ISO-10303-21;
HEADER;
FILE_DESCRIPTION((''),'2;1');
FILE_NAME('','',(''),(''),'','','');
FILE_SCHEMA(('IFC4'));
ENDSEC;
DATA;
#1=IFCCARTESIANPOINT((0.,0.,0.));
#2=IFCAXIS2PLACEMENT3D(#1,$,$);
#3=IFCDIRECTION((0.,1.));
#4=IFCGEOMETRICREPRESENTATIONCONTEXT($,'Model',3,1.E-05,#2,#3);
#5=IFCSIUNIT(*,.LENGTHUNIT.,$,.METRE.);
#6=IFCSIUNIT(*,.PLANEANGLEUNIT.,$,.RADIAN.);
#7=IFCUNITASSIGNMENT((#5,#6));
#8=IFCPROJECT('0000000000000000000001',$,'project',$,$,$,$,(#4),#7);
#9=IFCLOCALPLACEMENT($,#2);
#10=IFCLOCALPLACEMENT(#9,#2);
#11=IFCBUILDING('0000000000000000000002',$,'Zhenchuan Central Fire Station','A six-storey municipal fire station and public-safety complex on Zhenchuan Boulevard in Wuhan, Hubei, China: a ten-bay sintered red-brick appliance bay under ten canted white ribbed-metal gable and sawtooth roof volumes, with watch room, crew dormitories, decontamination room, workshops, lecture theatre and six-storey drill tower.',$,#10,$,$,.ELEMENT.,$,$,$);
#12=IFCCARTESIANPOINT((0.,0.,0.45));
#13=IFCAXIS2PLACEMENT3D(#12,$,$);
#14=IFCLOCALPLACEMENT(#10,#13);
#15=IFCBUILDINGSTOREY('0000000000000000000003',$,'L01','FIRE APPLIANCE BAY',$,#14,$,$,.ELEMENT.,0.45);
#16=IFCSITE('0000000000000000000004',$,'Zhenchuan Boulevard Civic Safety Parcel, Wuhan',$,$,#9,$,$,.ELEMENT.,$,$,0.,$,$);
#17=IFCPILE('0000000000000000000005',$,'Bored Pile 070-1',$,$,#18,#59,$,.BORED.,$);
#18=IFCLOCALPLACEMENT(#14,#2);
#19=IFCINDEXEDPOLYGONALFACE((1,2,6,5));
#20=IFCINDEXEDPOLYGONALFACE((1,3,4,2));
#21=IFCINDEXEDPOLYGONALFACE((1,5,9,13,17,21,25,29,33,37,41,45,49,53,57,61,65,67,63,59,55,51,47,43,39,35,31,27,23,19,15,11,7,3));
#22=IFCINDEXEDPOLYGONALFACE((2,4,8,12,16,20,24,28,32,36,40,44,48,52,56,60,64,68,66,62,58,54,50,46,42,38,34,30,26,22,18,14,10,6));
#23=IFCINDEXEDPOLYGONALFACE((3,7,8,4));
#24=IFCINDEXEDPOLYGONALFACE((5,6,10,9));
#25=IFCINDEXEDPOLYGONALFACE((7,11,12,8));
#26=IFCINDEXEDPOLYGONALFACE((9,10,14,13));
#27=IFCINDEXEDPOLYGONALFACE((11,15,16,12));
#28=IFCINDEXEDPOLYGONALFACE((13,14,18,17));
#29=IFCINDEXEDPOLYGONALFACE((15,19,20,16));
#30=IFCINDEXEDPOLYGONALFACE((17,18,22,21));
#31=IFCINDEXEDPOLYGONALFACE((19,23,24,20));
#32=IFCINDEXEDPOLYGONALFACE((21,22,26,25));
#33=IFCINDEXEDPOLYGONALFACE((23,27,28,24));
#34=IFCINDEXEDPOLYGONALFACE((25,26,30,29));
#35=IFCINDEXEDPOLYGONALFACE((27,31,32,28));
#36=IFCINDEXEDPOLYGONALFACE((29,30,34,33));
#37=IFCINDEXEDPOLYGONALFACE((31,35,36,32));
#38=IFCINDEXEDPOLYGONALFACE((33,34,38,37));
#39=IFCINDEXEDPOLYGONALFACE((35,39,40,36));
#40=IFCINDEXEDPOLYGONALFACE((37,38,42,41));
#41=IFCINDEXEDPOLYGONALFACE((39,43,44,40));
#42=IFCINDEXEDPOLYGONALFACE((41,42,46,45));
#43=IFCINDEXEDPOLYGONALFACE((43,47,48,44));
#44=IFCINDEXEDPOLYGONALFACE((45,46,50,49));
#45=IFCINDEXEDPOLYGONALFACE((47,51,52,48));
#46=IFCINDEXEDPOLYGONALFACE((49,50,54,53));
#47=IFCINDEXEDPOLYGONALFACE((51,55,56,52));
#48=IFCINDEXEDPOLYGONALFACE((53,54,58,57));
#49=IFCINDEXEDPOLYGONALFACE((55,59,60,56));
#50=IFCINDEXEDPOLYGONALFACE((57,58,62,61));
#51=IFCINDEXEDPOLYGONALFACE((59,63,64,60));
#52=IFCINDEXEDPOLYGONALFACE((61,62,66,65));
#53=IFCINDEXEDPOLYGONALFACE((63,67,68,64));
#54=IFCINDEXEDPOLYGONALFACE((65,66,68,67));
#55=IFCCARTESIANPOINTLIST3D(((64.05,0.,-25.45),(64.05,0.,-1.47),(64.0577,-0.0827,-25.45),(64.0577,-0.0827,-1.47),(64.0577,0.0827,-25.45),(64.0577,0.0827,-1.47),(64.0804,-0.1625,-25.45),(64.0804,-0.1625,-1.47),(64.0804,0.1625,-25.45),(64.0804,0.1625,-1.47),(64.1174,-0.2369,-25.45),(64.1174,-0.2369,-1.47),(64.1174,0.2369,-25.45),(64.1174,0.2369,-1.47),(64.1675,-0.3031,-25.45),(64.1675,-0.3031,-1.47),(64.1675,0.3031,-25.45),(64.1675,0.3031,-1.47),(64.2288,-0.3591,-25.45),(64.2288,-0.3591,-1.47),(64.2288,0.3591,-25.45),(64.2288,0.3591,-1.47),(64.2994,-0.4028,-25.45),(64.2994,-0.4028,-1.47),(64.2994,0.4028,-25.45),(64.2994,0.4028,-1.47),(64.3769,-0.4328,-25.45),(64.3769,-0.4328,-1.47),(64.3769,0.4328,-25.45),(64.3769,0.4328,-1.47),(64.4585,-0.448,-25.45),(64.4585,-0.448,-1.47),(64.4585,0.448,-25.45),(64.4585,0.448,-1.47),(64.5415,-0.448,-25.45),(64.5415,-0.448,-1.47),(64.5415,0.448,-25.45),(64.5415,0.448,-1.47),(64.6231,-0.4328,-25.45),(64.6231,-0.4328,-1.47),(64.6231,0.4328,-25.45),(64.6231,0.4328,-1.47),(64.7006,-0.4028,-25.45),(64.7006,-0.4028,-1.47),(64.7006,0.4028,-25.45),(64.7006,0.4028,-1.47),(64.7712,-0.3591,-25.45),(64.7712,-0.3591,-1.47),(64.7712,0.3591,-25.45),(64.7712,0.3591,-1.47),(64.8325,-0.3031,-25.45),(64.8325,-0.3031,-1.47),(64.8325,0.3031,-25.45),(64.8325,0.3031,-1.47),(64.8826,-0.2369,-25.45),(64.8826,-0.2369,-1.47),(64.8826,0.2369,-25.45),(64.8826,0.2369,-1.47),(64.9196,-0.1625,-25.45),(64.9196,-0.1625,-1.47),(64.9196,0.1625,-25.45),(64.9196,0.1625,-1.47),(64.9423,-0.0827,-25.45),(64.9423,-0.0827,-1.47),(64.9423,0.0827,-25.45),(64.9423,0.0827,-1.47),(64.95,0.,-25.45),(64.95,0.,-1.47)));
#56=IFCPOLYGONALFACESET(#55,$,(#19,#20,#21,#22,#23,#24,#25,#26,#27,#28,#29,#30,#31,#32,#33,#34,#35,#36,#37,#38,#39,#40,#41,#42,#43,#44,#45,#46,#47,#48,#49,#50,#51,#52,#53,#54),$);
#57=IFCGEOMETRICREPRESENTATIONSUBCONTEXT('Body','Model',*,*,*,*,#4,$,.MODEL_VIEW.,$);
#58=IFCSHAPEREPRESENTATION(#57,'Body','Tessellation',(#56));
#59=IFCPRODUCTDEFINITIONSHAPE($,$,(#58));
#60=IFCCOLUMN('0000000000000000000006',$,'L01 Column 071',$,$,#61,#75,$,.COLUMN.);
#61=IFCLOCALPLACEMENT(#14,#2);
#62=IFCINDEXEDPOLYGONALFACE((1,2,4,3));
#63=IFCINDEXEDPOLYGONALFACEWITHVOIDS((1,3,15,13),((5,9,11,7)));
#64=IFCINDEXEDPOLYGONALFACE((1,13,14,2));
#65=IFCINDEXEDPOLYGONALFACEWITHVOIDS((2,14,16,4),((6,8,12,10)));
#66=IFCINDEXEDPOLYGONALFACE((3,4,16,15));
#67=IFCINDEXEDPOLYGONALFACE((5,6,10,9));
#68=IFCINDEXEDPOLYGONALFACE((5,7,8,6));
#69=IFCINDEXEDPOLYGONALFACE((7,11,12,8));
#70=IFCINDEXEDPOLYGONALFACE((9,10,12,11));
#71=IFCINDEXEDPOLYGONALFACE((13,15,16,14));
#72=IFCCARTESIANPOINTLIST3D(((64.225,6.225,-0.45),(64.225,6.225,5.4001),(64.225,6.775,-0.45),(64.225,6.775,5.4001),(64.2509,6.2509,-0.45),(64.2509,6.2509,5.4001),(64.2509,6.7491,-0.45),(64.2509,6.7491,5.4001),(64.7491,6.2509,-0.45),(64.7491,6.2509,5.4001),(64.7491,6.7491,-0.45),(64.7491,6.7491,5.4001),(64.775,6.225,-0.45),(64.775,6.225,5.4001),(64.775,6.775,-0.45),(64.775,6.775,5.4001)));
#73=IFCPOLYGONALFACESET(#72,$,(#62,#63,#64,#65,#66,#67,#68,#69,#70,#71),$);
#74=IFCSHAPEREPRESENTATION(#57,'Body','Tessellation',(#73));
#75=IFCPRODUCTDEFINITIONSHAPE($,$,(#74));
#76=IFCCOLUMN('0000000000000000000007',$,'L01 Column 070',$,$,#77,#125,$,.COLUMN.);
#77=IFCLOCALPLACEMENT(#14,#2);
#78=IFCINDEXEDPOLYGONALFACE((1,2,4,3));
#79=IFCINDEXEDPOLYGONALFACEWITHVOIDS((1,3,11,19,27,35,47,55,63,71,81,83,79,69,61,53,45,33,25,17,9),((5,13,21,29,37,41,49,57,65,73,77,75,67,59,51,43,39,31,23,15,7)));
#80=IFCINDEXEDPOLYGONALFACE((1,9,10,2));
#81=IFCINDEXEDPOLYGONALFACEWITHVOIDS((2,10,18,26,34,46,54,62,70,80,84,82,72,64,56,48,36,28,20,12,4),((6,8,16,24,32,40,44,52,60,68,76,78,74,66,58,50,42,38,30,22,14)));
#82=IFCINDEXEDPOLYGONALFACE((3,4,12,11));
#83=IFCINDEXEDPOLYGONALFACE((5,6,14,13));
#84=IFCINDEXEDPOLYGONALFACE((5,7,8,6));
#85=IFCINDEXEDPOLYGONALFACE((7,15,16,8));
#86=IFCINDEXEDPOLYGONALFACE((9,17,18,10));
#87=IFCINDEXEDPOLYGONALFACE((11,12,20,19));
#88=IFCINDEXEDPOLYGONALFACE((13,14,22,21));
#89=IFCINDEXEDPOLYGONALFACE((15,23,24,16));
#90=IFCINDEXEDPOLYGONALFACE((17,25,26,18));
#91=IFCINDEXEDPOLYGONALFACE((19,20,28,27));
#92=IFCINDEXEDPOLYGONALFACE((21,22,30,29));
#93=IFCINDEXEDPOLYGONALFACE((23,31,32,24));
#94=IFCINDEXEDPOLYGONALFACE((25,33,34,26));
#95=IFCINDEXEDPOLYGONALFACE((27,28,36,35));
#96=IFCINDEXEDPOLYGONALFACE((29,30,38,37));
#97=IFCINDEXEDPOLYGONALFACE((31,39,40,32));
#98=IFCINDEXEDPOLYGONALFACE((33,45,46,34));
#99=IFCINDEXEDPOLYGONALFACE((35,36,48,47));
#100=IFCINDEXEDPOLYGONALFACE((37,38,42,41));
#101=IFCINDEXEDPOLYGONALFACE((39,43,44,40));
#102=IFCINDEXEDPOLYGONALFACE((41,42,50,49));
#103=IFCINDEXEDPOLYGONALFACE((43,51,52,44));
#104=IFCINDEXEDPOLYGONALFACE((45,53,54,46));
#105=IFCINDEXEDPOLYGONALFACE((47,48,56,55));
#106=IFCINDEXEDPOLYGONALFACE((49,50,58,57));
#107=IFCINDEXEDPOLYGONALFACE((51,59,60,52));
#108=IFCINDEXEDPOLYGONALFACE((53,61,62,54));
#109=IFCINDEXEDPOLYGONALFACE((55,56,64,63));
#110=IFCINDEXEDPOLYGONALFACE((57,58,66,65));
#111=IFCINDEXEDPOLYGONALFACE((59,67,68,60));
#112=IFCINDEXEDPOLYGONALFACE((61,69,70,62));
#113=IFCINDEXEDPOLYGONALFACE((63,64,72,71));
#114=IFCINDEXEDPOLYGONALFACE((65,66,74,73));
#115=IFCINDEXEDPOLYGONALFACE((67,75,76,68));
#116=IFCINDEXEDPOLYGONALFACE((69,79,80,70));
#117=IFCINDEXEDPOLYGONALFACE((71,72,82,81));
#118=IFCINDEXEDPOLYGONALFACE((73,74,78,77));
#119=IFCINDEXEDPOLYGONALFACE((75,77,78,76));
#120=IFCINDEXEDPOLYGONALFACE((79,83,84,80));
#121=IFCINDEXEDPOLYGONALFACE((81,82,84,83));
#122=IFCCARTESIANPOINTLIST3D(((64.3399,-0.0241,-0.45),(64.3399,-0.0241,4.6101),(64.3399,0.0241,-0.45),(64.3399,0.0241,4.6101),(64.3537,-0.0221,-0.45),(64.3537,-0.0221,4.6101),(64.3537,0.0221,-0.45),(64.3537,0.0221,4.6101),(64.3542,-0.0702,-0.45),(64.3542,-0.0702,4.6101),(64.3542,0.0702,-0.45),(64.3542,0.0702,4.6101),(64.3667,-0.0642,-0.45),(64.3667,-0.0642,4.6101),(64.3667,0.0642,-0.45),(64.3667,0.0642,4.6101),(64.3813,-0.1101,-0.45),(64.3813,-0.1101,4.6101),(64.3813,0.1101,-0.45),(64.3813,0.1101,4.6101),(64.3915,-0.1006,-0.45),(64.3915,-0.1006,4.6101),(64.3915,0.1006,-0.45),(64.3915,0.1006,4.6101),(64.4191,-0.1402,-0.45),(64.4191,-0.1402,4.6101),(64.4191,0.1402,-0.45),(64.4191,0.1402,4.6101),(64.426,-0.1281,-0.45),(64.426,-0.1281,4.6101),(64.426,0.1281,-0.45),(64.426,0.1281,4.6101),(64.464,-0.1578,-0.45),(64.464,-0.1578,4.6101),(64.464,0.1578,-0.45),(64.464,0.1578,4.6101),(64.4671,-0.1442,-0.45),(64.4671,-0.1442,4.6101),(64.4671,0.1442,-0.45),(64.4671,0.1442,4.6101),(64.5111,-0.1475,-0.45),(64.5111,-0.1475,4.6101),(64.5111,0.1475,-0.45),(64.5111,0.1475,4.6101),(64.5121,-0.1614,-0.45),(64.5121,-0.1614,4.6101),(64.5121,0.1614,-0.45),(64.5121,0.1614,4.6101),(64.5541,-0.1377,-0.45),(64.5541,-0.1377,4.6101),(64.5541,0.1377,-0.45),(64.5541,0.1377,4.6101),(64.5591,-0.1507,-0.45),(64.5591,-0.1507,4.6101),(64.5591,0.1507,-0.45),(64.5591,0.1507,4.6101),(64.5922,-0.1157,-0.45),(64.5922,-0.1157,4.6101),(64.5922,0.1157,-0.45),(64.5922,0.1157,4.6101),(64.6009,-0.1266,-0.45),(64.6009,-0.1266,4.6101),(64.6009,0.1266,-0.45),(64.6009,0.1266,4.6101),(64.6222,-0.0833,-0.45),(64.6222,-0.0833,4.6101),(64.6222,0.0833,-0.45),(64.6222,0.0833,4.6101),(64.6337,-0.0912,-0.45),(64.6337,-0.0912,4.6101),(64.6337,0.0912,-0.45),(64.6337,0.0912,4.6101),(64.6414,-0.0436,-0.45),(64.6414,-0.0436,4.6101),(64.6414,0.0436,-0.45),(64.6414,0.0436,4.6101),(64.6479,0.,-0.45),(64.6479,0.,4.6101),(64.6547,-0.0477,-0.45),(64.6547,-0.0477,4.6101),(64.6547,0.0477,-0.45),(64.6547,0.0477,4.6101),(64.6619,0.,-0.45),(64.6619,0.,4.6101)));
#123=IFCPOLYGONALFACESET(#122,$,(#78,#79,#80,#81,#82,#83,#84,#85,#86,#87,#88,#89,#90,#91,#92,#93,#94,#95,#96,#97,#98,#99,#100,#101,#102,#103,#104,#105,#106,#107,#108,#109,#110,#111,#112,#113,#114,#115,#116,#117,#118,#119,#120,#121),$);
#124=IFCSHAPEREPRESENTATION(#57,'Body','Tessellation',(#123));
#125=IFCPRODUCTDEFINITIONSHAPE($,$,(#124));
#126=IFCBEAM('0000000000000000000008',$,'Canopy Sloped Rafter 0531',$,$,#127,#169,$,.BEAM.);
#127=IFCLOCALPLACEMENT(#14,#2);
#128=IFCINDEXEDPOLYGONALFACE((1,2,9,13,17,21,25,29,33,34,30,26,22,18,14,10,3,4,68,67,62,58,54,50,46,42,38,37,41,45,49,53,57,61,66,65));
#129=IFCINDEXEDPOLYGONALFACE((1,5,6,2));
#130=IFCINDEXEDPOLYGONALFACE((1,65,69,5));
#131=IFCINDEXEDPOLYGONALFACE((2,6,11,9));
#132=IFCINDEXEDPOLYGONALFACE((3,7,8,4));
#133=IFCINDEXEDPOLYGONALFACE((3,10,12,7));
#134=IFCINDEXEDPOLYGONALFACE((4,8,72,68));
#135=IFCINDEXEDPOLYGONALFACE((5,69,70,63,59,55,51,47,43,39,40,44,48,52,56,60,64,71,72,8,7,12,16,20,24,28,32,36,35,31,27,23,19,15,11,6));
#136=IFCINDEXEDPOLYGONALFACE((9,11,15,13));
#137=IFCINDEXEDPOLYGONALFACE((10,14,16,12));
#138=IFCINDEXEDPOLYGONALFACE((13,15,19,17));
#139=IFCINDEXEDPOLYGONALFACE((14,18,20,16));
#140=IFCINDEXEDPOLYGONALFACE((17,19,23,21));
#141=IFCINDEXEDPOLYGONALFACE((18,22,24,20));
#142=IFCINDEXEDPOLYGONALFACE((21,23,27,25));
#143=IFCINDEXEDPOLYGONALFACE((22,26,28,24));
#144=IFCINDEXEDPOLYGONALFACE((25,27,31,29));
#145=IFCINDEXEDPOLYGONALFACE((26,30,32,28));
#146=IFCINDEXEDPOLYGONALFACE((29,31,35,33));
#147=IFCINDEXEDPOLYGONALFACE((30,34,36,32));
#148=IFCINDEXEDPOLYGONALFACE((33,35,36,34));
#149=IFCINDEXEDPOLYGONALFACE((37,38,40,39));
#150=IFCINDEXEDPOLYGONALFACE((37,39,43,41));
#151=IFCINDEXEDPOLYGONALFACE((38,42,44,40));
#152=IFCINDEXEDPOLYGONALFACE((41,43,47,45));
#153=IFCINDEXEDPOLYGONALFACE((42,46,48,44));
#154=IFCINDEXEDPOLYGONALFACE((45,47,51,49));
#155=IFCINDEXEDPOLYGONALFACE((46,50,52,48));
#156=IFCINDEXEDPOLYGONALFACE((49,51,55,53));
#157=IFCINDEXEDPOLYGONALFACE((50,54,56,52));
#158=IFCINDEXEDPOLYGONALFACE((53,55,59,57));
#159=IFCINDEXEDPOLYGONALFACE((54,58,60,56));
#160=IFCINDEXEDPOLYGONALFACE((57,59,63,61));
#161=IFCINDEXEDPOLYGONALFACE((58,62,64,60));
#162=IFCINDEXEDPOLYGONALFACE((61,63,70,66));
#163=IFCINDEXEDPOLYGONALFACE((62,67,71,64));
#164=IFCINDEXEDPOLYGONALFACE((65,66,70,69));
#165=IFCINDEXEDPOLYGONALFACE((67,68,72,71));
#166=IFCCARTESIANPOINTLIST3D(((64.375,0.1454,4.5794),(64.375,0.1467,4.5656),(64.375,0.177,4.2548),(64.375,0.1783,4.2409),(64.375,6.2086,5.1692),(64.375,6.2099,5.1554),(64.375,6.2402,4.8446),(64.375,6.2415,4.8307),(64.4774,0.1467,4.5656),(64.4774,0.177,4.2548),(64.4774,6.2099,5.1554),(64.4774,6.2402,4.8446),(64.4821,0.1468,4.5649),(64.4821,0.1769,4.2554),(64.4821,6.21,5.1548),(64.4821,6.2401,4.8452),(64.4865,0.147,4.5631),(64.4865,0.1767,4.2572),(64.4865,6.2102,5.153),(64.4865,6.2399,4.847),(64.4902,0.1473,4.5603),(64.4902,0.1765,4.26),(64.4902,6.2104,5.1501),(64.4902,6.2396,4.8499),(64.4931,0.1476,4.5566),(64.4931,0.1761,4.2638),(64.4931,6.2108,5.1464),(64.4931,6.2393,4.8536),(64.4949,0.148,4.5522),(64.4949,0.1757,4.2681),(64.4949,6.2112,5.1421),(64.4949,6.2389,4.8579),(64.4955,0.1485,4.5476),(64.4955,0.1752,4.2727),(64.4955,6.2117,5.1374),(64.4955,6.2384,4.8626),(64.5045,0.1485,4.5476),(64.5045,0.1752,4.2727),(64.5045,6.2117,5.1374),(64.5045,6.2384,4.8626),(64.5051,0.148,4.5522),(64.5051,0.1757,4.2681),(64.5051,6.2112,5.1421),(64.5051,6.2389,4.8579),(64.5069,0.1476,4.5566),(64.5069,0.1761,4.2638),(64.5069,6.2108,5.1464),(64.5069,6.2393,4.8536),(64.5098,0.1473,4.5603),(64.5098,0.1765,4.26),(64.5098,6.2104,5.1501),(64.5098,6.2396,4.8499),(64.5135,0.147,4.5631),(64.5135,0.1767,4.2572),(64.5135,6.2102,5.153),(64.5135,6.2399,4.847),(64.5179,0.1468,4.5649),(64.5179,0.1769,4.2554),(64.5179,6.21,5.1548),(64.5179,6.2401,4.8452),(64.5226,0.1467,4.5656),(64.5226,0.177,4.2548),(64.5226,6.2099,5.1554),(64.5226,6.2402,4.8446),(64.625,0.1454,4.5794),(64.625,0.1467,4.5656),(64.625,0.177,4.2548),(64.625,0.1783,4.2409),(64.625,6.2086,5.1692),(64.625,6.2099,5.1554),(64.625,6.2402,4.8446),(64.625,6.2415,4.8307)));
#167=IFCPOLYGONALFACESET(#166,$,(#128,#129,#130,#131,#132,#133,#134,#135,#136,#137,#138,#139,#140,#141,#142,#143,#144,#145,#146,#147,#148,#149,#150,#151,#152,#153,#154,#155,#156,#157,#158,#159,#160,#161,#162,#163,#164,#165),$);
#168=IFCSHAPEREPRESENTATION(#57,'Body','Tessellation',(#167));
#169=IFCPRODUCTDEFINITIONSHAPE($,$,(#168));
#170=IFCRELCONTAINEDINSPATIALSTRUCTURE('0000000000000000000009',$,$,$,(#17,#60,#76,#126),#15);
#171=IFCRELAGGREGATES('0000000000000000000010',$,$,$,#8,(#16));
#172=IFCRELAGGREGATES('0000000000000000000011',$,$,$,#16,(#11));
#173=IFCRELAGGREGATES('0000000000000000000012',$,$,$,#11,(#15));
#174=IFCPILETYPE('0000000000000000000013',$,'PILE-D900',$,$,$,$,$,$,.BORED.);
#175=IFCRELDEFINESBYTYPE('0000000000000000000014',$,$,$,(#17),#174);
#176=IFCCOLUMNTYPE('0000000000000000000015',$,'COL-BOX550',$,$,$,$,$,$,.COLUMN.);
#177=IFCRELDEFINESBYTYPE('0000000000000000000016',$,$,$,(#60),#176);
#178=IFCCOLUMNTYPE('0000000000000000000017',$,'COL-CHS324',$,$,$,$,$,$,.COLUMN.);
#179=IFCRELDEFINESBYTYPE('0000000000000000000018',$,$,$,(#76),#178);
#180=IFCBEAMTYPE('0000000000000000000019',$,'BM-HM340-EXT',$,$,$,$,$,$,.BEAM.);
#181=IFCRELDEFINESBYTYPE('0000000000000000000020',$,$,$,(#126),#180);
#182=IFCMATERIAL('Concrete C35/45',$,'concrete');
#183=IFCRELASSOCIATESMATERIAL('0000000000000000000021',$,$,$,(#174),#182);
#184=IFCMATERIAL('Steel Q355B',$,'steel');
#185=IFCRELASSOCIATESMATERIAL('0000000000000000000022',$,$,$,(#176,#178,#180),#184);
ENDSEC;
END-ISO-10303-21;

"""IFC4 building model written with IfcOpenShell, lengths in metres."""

from ifc_helpers import new_model, si_unit, direction, frame, origin, origin_2d, place, context, subcontext, project, spatial, hollow_rectangle, circle, hollow_circle, i_section, extrude, material, material_profile, profile_set, type_object, element, save


model = new_model("IFC4")

# Units and contexts
model_context = context("Model", 3, precision=1e-05, world=origin(), true_north=direction((0.0, 1.0)))
body_context = subcontext(model_context, "Body", "Model", "MODEL_VIEW")
ifc_project = project(units=[si_unit("LENGTHUNIT", "METRE"), si_unit("PLANEANGLEUNIT", "RADIAN")], contexts=[model_context])

# Site, building, storey
site_placement = place(None, origin())
site = spatial("IfcSite", under=ifc_project, at=site_placement, Name="Zhenchuan Boulevard Civic Safety Parcel, Wuhan", CompositionType="ELEMENT", RefElevation=0.0)
building_placement = place(site_placement, origin())
building = spatial("IfcBuilding", under=site, at=building_placement, Name="Zhenchuan Central Fire Station", Description="A six-storey municipal fire station and public-safety complex on Zhenchuan Boulevard in Wuhan, Hubei, China: a ten-bay sintered red-brick appliance bay under ten canted white ribbed-metal gable and sawtooth roof volumes, with watch room, crew dormitories, decontamination room, workshops, lecture theatre and six-storey drill tower.", CompositionType="ELEMENT")
storey_placement = place(building_placement, frame((0.0, 0.0, 0.45)))
storey = spatial("IfcBuildingStorey", under=building, at=storey_placement, Name="L01", Description="FIRE APPLIANCE BAY", CompositionType="ELEMENT", Elevation=0.45)

# Shared definitions
ifc_material_1 = material(Name="Concrete C35/45", Category="concrete")

# Pile
ifc_material_profile_1 = material_profile(ifc_material_1, circle(Radius=0.45, at=origin_2d()), Name="PILE D900")
ifc_profile_set_1 = profile_set([ifc_material_profile_1], Name="Concrete C35/45")
pile_type_1 = type_object("IfcPileType", Name="PILE-D900", PredefinedType="BORED", material=ifc_profile_set_1)
pile_1_placement = place(storey_placement, frame((64.5, 0.0, -1.47), z_axis=(0.0, 0.0, -1.0), x_axis=(1.0, 0.0, 0.0)))
element("IfcPile", 1, at=pile_1_placement, inside=storey, type_object=pile_type_1, Name="Bored Pile 070-1", PredefinedType="BORED", context=body_context, shape_type="SweptSolid", body=[
    extrude(circle(Radius=0.45, at=origin_2d()), origin(), (0.0, 0.0, 1.0), 23.98),
])

# Columns
ifc_material_2 = material(Name="Steel Q355B", Category="steel")
ifc_material_profile_2 = material_profile(ifc_material_2, hollow_rectangle(XDim=0.55, YDim=0.55, WallThickness=0.0259, at=origin_2d()), Name="BOX 550x550x26")
ifc_profile_set_2 = profile_set([ifc_material_profile_2], Name="Steel Q355B")
column_type_1 = type_object("IfcColumnType", Name="COL-BOX550", PredefinedType="COLUMN", material=ifc_profile_set_2)
column_1_placement = place(storey_placement, frame((64.5, 6.5, -0.45), z_axis=(0.0, 0.0, 1.0), x_axis=(1.0, 0.0, 0.0)))
element("IfcColumn", 2, at=column_1_placement, inside=storey, type_object=column_type_1, Name="L01 Column 071", PredefinedType="COLUMN", context=body_context, shape_type="SweptSolid", body=[
    extrude(hollow_rectangle(XDim=0.55, YDim=0.55, WallThickness=0.0259, at=origin_2d()), origin(), (0.0, 0.0, 1.0), 5.8501),
])
ifc_material_profile_3 = material_profile(ifc_material_2, hollow_circle(Radius=0.1619, WallThickness=0.0139, at=origin_2d()), Name="CHS 323.9x14")
ifc_profile_set_3 = profile_set([ifc_material_profile_3], Name="Steel Q355B")
column_type_2 = type_object("IfcColumnType", Name="COL-CHS324", PredefinedType="COLUMN", material=ifc_profile_set_3)
column_2_placement = place(storey_placement, frame((64.5, 0.0, -0.45), z_axis=(0.0, 0.0, 1.0), x_axis=(1.0, 0.0, 0.0)))
element("IfcColumn", 3, at=column_2_placement, inside=storey, type_object=column_type_2, Name="L01 Column 070", PredefinedType="COLUMN", context=body_context, shape_type="SweptSolid", body=[
    extrude(hollow_circle(Radius=0.1619, WallThickness=0.0139, at=origin_2d()), origin(), (0.0, 0.0, 1.0), 5.0601),
])

# Beam
ifc_material_profile_4 = material_profile(ifc_material_2, i_section(OverallWidth=0.25, OverallDepth=0.3401, WebThickness=0.009, FlangeThickness=0.0139, FilletRadius=0.0181, at=origin_2d()), Name="HM 340x250")
ifc_profile_set_4 = profile_set([ifc_material_profile_4], Name="Steel Q355B")
beam_type_1 = type_object("IfcBeamType", Name="BM-HM340-EXT", PredefinedType="BEAM", material=ifc_profile_set_4)
beam_1_placement = place(storey_placement, frame((64.5, 0.1619, 4.4102), z_axis=(0.0, 0.995301, 0.096825), x_axis=(-1.0, 0.0, 0.0)))
element("IfcBeam", 4, at=beam_1_placement, inside=storey, type_object=beam_type_1, Name="Canopy Sloped Rafter 0531", PredefinedType="BEAM", context=body_context, shape_type="SweptSolid", body=[
    extrude(i_section(OverallWidth=0.25, OverallDepth=0.3401, WebThickness=0.009, FlangeThickness=0.0139, FilletRadius=0.0181, at=origin_2d()), origin(), (0.0, 0.0, 1.0), 6.0918),
])

save(model, "model.ifc")
